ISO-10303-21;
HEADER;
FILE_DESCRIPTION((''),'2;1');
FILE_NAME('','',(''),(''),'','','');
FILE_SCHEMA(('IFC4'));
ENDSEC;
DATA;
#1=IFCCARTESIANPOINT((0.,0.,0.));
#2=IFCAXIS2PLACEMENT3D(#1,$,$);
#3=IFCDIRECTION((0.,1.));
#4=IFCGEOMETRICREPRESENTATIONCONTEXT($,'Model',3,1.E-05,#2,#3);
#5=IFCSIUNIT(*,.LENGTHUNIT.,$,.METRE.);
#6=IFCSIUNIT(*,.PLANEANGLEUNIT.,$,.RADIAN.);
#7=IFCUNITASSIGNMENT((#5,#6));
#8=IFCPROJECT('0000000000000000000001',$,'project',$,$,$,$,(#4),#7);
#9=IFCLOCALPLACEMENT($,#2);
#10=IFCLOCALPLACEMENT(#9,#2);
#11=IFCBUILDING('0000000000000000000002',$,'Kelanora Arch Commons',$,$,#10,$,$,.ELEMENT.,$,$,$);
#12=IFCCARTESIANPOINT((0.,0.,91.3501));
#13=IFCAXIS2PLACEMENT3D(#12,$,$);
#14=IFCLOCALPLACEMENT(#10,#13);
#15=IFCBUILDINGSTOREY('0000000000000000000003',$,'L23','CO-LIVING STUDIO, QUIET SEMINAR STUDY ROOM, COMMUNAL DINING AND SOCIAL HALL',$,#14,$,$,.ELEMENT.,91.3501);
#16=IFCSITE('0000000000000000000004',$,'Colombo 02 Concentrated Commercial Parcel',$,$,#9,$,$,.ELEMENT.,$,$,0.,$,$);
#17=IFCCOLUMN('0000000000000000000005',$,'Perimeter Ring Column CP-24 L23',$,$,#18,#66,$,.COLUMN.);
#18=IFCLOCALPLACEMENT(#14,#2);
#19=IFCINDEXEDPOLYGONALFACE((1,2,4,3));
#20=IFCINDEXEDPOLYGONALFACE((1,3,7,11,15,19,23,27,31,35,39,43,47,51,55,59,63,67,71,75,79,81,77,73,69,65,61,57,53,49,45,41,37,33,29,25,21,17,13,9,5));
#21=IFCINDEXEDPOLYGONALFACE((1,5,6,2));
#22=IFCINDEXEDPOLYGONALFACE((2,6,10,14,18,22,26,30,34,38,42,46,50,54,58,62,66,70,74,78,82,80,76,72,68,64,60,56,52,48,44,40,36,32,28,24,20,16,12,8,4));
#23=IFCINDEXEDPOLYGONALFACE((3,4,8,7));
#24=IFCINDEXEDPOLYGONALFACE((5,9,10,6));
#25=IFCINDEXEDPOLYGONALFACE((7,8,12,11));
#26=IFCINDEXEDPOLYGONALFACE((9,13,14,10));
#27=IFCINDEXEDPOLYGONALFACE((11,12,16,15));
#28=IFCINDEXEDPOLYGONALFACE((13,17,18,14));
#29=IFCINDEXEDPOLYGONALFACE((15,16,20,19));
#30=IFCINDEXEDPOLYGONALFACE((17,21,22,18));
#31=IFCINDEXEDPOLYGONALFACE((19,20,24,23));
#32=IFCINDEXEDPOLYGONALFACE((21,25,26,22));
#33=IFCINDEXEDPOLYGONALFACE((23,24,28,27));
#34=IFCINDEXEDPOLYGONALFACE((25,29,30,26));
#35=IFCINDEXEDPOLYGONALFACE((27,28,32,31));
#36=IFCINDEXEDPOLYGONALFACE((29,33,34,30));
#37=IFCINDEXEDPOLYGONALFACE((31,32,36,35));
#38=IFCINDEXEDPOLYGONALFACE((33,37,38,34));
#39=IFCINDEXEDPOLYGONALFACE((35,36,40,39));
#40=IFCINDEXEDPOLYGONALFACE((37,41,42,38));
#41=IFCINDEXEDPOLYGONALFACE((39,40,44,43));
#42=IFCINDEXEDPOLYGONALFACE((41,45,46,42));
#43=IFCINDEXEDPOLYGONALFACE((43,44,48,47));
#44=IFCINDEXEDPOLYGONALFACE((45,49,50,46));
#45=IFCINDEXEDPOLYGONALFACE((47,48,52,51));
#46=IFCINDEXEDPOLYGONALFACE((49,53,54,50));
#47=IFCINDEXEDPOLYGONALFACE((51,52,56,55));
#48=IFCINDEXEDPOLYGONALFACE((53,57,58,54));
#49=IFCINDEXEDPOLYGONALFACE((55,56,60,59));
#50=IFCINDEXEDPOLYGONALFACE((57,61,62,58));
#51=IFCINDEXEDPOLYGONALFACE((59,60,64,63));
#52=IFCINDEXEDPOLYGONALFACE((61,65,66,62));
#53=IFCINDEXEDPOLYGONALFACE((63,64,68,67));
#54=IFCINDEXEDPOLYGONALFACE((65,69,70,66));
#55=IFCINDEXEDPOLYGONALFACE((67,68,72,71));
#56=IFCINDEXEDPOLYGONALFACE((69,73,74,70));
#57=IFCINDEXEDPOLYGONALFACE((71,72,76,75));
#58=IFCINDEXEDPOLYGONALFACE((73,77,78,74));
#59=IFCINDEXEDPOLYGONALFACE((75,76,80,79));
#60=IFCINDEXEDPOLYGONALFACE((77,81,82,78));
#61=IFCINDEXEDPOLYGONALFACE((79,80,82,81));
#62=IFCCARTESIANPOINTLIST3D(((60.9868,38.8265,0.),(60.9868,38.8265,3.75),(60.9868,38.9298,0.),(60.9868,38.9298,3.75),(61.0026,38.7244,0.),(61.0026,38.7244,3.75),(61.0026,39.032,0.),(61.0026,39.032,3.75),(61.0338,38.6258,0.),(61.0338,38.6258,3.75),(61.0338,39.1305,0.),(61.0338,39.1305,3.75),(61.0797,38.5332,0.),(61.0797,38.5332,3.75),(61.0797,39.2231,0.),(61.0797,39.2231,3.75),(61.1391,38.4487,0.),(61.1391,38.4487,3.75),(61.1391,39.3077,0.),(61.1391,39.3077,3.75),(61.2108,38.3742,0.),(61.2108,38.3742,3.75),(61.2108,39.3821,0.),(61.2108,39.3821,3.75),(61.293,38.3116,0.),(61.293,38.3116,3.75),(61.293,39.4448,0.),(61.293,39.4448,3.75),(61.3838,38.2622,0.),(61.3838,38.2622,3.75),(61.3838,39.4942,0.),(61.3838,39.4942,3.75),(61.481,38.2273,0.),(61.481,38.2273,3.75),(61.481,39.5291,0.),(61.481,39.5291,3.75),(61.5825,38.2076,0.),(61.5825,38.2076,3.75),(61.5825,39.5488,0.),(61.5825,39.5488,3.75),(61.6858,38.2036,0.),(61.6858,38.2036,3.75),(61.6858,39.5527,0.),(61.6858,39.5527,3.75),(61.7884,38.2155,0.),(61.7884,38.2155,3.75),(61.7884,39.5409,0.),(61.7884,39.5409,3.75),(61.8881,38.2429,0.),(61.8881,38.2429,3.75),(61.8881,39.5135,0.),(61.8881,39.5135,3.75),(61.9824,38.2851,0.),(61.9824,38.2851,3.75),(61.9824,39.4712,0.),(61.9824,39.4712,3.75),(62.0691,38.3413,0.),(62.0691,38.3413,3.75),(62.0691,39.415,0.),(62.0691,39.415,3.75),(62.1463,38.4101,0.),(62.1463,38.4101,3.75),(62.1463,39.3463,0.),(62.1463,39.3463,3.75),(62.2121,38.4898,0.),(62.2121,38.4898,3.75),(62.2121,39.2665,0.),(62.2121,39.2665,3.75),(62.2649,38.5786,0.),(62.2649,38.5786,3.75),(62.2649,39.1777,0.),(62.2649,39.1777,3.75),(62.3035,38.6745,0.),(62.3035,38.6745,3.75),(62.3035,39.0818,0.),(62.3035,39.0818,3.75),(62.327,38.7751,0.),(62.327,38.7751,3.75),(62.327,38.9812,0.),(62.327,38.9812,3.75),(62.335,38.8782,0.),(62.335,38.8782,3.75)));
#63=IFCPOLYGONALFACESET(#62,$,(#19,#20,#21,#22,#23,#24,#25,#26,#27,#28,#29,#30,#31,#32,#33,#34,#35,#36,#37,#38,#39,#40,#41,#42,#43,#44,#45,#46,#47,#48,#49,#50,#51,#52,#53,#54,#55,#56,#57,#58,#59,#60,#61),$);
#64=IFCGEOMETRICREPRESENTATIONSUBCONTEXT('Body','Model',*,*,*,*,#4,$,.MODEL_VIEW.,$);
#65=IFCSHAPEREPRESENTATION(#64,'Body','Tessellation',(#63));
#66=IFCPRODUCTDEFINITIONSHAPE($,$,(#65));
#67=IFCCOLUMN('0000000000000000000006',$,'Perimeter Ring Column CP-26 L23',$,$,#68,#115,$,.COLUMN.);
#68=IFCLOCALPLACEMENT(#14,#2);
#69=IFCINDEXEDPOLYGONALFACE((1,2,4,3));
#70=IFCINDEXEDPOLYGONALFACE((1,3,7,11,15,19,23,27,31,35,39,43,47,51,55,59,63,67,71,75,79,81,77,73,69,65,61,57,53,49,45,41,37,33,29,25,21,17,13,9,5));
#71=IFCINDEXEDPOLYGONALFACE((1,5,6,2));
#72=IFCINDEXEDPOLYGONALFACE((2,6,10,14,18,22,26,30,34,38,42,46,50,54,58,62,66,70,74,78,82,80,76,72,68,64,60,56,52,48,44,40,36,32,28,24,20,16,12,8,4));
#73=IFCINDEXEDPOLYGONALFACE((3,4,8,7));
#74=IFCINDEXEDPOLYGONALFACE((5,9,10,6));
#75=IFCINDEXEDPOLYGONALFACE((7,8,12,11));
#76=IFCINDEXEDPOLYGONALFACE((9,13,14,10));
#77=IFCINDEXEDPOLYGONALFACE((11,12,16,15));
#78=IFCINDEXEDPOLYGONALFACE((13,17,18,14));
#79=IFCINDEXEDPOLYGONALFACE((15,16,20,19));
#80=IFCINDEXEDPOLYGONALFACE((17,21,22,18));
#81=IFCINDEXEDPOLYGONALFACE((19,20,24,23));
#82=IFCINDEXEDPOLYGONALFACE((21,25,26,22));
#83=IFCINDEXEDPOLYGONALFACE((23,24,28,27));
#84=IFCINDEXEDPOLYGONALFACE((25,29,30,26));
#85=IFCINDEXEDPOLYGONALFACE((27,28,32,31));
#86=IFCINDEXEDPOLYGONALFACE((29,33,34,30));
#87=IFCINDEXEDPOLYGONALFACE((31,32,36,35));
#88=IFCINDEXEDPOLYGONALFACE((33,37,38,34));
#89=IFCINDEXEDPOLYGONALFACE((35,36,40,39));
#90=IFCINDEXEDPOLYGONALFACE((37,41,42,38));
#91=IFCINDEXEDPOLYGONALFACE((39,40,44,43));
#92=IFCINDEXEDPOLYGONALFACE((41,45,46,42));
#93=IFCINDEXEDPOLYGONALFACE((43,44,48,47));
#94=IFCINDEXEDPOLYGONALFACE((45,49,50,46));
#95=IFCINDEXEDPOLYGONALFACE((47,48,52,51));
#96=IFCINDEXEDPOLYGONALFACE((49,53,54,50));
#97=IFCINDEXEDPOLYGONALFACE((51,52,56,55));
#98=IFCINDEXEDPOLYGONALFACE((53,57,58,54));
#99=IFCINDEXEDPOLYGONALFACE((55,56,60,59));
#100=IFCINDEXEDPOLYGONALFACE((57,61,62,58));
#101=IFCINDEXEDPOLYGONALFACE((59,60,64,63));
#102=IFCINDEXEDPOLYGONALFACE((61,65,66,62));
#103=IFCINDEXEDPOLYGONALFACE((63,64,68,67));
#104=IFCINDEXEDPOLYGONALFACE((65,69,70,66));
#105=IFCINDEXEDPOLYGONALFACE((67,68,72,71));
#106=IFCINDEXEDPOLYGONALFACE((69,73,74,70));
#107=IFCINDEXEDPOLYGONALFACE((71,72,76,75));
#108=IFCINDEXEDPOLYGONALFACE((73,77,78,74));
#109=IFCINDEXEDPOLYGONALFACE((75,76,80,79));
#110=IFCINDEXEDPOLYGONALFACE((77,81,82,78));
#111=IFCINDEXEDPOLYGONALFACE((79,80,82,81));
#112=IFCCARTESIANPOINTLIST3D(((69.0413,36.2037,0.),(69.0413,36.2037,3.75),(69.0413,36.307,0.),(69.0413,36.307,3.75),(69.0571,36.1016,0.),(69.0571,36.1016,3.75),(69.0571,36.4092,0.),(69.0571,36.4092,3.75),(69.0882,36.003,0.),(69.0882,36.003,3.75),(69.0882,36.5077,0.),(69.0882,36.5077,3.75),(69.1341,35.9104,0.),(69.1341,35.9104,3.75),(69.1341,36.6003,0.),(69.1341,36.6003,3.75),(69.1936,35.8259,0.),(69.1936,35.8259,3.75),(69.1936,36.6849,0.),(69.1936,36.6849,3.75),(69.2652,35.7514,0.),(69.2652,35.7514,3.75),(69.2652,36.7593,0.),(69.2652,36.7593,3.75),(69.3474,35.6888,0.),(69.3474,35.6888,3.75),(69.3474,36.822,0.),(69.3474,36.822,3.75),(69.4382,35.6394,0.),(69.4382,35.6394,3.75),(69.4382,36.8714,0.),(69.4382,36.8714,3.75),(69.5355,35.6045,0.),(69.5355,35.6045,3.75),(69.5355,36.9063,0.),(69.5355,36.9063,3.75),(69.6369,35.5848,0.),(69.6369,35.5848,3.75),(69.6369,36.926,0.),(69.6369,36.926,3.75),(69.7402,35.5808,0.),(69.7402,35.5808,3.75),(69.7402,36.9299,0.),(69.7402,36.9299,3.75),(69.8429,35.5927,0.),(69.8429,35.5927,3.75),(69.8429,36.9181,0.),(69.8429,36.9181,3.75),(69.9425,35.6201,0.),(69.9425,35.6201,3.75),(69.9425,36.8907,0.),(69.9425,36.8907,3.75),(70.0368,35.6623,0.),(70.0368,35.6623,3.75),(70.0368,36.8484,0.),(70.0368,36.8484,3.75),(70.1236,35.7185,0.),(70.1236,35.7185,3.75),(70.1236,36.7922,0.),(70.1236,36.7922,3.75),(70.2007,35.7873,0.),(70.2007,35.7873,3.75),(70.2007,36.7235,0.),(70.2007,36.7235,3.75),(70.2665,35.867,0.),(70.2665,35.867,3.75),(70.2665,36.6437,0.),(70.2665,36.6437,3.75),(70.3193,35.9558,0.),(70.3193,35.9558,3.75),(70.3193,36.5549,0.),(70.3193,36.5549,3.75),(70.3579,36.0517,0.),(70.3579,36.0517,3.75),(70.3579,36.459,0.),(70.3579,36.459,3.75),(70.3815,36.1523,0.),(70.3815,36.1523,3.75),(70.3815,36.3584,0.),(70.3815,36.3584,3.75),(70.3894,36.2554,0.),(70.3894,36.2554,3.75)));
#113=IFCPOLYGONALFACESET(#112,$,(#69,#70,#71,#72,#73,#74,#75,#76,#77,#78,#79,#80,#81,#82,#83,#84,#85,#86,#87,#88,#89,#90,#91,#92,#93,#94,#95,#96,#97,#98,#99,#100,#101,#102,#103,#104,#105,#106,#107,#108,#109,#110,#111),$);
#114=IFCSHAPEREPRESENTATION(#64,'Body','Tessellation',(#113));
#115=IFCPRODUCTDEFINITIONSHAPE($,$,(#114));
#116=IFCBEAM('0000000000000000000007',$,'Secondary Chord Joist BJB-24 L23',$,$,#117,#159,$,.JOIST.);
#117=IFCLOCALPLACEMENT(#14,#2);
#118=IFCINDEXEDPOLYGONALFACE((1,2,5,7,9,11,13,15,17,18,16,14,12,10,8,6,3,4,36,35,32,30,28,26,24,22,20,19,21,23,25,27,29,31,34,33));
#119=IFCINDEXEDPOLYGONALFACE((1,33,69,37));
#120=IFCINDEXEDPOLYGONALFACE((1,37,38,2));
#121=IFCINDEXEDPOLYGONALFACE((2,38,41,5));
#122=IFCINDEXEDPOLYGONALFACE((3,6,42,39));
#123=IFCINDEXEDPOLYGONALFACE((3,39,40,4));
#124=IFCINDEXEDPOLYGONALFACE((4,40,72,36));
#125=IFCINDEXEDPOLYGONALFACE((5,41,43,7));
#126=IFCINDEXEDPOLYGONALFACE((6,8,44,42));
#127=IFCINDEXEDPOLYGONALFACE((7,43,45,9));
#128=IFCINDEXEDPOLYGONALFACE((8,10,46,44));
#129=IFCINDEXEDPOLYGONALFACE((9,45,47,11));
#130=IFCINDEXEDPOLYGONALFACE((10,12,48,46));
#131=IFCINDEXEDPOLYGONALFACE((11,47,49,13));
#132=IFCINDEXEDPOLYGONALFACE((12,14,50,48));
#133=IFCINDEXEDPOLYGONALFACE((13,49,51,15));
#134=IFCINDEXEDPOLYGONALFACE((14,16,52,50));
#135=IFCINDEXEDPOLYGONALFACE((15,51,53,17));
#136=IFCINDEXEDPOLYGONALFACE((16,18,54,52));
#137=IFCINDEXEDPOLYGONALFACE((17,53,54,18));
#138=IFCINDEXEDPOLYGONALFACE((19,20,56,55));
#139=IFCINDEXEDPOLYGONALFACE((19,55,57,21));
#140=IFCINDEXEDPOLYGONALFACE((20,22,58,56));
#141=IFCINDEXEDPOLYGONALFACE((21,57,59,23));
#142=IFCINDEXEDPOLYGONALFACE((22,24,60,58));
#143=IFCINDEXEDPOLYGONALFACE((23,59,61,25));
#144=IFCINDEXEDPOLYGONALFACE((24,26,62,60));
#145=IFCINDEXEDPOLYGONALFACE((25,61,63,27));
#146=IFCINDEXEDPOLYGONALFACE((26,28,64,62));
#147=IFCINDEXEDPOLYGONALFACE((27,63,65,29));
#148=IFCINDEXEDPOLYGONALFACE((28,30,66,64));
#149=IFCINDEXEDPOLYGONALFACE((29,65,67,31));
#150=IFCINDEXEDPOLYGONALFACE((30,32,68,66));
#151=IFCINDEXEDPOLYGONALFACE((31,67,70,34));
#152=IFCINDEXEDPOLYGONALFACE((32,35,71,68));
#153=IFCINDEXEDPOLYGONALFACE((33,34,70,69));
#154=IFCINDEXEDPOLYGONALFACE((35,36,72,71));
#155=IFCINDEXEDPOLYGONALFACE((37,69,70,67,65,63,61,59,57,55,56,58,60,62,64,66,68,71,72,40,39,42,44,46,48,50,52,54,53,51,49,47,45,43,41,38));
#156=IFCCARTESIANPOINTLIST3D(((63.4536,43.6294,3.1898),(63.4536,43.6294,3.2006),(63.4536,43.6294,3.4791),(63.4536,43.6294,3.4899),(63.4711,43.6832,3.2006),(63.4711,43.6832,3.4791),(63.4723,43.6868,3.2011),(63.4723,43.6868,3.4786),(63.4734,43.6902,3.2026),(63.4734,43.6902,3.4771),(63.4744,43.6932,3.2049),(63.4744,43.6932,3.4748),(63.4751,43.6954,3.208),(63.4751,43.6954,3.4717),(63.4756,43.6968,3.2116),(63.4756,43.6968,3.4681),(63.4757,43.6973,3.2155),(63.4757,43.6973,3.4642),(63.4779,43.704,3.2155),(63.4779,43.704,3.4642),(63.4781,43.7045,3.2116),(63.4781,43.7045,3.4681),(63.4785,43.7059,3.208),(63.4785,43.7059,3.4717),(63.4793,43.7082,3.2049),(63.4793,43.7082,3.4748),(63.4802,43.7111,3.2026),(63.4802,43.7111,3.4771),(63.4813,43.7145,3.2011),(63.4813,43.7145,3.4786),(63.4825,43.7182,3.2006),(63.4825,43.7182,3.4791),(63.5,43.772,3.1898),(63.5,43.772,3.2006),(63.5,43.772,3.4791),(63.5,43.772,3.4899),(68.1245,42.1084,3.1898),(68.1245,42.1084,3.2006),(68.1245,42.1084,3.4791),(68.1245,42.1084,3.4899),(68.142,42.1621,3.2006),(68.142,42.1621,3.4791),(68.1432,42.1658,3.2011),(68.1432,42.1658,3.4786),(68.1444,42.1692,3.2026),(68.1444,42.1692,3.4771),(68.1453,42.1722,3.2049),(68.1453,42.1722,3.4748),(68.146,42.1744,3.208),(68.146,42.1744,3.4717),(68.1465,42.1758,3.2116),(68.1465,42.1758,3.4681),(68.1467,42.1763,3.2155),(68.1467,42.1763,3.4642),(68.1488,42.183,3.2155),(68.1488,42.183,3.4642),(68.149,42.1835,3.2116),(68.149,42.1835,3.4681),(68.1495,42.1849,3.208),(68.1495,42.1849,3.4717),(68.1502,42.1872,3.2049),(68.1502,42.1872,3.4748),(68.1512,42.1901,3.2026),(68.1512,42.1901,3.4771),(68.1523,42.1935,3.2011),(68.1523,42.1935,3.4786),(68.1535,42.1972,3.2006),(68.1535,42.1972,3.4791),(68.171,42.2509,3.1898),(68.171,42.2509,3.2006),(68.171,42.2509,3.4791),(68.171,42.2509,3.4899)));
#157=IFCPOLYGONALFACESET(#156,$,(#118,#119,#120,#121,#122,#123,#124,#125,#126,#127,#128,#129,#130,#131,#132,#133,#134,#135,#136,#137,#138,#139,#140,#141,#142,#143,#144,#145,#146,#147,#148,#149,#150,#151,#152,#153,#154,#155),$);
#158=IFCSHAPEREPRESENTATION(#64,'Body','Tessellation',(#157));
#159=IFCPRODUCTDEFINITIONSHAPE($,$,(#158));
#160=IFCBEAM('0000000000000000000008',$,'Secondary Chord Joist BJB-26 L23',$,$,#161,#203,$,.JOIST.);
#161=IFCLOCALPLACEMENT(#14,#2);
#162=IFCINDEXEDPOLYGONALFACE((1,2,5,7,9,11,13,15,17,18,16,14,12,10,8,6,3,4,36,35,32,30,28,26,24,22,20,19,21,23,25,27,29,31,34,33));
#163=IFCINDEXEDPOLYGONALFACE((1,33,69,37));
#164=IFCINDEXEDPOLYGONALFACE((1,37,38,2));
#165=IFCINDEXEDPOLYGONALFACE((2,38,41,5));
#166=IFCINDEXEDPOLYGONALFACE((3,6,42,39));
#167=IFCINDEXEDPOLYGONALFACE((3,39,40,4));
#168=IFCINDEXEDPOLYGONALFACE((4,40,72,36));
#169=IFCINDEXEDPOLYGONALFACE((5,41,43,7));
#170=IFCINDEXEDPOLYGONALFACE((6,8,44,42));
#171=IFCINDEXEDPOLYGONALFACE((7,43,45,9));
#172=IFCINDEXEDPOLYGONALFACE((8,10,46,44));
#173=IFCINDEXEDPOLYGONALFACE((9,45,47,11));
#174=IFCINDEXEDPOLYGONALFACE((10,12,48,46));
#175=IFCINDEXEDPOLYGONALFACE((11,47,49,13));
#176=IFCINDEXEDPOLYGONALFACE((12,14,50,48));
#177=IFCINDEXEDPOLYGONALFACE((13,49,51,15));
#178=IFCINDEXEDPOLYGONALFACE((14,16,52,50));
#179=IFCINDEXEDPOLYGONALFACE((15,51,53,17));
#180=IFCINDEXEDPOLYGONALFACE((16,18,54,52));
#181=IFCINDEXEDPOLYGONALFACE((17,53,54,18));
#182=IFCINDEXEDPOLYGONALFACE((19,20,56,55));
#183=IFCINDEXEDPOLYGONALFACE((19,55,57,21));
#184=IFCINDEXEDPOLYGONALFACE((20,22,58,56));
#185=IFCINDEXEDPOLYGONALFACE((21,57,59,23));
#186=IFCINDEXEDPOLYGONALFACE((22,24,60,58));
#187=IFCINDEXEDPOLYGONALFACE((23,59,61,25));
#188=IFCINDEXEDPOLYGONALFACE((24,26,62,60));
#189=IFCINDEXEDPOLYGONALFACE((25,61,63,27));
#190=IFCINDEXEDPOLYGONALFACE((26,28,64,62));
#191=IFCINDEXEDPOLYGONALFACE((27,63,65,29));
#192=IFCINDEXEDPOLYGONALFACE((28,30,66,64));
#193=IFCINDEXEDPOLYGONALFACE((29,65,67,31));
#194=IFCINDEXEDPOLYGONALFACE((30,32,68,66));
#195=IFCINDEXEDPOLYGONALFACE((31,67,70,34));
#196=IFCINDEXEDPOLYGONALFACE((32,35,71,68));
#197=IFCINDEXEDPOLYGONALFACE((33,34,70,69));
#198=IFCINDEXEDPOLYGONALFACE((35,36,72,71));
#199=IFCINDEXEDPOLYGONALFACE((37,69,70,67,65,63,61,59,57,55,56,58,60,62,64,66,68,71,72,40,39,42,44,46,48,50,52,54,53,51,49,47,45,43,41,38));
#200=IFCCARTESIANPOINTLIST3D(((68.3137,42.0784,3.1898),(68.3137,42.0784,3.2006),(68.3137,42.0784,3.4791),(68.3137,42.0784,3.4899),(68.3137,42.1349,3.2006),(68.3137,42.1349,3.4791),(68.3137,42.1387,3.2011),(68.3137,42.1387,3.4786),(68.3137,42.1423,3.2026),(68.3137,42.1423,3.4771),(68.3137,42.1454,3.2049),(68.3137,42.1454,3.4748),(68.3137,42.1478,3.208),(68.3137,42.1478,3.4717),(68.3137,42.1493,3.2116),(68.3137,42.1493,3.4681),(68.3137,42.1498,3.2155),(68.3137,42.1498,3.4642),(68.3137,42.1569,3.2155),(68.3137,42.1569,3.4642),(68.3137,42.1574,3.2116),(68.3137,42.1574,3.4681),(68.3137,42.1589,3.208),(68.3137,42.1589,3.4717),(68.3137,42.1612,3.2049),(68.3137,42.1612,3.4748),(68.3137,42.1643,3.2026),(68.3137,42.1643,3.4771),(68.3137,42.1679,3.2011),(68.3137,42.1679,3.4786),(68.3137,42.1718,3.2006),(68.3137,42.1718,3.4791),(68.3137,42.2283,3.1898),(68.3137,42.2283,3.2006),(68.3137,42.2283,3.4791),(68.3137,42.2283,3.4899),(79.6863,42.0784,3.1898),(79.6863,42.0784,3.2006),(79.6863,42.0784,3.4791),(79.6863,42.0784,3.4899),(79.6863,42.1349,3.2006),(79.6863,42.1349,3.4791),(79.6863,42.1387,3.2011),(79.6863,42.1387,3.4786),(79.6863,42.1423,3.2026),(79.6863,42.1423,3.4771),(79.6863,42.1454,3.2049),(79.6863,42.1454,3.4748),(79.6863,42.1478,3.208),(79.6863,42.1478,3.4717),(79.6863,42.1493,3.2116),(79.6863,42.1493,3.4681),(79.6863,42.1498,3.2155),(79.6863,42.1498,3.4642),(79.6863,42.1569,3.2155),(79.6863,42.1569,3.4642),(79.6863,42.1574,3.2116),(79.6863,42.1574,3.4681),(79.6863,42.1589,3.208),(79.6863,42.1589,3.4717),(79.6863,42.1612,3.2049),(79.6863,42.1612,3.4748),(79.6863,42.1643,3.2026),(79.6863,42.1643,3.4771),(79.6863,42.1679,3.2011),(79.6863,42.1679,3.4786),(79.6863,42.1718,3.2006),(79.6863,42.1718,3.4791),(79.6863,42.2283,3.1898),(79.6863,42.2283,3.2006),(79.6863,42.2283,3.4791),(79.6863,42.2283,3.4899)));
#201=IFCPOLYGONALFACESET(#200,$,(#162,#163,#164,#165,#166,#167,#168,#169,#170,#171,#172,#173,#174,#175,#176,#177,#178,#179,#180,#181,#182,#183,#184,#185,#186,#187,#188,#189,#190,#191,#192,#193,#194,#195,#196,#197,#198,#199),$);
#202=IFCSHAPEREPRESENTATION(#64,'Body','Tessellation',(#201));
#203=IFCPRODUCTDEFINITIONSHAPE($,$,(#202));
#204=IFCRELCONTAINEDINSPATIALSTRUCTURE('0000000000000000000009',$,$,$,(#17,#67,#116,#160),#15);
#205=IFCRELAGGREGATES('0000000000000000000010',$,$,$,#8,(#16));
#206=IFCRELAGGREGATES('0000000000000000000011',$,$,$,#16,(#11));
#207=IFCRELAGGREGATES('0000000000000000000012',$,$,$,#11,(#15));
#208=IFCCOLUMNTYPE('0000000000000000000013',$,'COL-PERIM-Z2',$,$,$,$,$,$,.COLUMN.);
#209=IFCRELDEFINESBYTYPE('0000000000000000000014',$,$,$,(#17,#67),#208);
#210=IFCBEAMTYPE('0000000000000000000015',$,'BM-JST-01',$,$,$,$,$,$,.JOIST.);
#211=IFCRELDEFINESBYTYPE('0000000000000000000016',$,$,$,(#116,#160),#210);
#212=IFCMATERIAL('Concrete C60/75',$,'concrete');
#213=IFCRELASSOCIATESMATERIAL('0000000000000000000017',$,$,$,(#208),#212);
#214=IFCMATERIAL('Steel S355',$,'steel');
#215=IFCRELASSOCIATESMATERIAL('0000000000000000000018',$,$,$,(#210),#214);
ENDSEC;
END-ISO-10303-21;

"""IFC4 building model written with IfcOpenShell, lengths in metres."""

from ifc_helpers import new_model, si_unit, direction, frame, origin, origin_2d, place, context, subcontext, project, spatial, circle, i_section, extrude, material, material_profile, profile_set, type_object, element, save


model = new_model("IFC4")

# Units and contexts
model_context = context("Model", 3, precision=1e-05, world=origin(), true_north=direction((0.0, 1.0)))
body_context = subcontext(model_context, "Body", "Model", "MODEL_VIEW")
ifc_project = project(units=[si_unit("LENGTHUNIT", "METRE"), si_unit("PLANEANGLEUNIT", "RADIAN")], contexts=[model_context])

# Site, building, storey
site_placement = place(None, origin())
site = spatial("IfcSite", under=ifc_project, at=site_placement, Name="Colombo 02 Concentrated Commercial Parcel", CompositionType="ELEMENT", RefElevation=0.0)
building_placement = place(site_placement, origin())
building = spatial("IfcBuilding", under=site, at=building_placement, Name="Kelanora Arch Commons", CompositionType="ELEMENT")
storey_placement = place(building_placement, frame((0.0, 0.0, 91.3501)))
storey = spatial("IfcBuildingStorey", under=building, at=storey_placement, Name="L23", Description="CO-LIVING STUDIO, QUIET SEMINAR STUDY ROOM, COMMUNAL DINING AND SOCIAL HALL", CompositionType="ELEMENT", Elevation=91.3501)

# Columns
ifc_material_1 = material(Name="Concrete C60/75", Category="concrete")
ifc_material_profile_1 = material_profile(ifc_material_1, circle(Radius=0.675, at=origin_2d()), Name="RCC1350")
ifc_profile_set_1 = profile_set([ifc_material_profile_1], Name="Concrete C60/75")
column_type = type_object("IfcColumnType", Name="COL-PERIM-Z2", PredefinedType="COLUMN", material=ifc_profile_set_1)
for number, where, z_axis, x_axis, name in (
    (1, (61.6599, 38.8782, 0.0), (0.0, 0.0, 1.0), (1.0, 0.0, 0.0), "Perimeter Ring Column CP-24 L23"),
    (2, (69.7144, 36.2554, 0.0), (0.0, 0.0, 1.0), (1.0, 0.0, 0.0), "Perimeter Ring Column CP-26 L23"),
):
    element("IfcColumn", number, at=place(storey_placement, frame(where, z_axis=z_axis, x_axis=x_axis)), inside=storey, type_object=column_type, Name=name, PredefinedType="COLUMN", context=body_context, shape_type="SweptSolid", body=[
        extrude(circle(Radius=0.675, at=origin_2d()), origin(), (0.0, 0.0, 1.0), 3.75),
    ])

# Beams
ifc_material_2 = material(Name="Steel S355", Category="steel")
ifc_material_profile_2 = material_profile(ifc_material_2, i_section(OverallWidth=0.1499, OverallDepth=0.3, WebThickness=0.0071, FlangeThickness=0.0107, FilletRadius=0.0149, at=origin_2d()), Name="IPE300")
ifc_profile_set_2 = profile_set([ifc_material_profile_2], Name="Steel S355")
beam_type_1 = type_object("IfcBeamType", Name="BM-JST-01", PredefinedType="JOIST", material=ifc_profile_set_2)
beam_1_placement = place(storey_placement, frame((63.4768, 43.7007, 3.3398), z_axis=(0.950857, -0.30963, 0.0), x_axis=(0.30963, 0.950857, 0.0)))
element("IfcBeam", 3, at=beam_1_placement, inside=storey, type_object=beam_type_1, Name="Secondary Chord Joist BJB-24 L23", PredefinedType="JOIST", context=body_context, shape_type="SweptSolid", body=[
    extrude(i_section(OverallWidth=0.1499, OverallDepth=0.3, WebThickness=0.0071, FlangeThickness=0.0107, FilletRadius=0.0149, at=origin_2d()), origin(), (0.0, 0.0, 1.0), 4.9124),
])
beam_2_placement = place(storey_placement, frame((68.3137, 42.1533, 3.3398), z_axis=(1.0, 0.0, 0.0), x_axis=(0.0, 1.0, 0.0)))
element("IfcBeam", 4, at=beam_2_placement, inside=storey, type_object=beam_type_1, Name="Secondary Chord Joist BJB-26 L23", PredefinedType="JOIST", context=body_context, shape_type="SweptSolid", body=[
    extrude(i_section(OverallWidth=0.1499, OverallDepth=0.3, WebThickness=0.0071, FlangeThickness=0.0107, FilletRadius=0.0149, at=origin_2d()), origin(), (0.0, 0.0, 1.0), 11.3726),
])

save(model, "model.ifc")
